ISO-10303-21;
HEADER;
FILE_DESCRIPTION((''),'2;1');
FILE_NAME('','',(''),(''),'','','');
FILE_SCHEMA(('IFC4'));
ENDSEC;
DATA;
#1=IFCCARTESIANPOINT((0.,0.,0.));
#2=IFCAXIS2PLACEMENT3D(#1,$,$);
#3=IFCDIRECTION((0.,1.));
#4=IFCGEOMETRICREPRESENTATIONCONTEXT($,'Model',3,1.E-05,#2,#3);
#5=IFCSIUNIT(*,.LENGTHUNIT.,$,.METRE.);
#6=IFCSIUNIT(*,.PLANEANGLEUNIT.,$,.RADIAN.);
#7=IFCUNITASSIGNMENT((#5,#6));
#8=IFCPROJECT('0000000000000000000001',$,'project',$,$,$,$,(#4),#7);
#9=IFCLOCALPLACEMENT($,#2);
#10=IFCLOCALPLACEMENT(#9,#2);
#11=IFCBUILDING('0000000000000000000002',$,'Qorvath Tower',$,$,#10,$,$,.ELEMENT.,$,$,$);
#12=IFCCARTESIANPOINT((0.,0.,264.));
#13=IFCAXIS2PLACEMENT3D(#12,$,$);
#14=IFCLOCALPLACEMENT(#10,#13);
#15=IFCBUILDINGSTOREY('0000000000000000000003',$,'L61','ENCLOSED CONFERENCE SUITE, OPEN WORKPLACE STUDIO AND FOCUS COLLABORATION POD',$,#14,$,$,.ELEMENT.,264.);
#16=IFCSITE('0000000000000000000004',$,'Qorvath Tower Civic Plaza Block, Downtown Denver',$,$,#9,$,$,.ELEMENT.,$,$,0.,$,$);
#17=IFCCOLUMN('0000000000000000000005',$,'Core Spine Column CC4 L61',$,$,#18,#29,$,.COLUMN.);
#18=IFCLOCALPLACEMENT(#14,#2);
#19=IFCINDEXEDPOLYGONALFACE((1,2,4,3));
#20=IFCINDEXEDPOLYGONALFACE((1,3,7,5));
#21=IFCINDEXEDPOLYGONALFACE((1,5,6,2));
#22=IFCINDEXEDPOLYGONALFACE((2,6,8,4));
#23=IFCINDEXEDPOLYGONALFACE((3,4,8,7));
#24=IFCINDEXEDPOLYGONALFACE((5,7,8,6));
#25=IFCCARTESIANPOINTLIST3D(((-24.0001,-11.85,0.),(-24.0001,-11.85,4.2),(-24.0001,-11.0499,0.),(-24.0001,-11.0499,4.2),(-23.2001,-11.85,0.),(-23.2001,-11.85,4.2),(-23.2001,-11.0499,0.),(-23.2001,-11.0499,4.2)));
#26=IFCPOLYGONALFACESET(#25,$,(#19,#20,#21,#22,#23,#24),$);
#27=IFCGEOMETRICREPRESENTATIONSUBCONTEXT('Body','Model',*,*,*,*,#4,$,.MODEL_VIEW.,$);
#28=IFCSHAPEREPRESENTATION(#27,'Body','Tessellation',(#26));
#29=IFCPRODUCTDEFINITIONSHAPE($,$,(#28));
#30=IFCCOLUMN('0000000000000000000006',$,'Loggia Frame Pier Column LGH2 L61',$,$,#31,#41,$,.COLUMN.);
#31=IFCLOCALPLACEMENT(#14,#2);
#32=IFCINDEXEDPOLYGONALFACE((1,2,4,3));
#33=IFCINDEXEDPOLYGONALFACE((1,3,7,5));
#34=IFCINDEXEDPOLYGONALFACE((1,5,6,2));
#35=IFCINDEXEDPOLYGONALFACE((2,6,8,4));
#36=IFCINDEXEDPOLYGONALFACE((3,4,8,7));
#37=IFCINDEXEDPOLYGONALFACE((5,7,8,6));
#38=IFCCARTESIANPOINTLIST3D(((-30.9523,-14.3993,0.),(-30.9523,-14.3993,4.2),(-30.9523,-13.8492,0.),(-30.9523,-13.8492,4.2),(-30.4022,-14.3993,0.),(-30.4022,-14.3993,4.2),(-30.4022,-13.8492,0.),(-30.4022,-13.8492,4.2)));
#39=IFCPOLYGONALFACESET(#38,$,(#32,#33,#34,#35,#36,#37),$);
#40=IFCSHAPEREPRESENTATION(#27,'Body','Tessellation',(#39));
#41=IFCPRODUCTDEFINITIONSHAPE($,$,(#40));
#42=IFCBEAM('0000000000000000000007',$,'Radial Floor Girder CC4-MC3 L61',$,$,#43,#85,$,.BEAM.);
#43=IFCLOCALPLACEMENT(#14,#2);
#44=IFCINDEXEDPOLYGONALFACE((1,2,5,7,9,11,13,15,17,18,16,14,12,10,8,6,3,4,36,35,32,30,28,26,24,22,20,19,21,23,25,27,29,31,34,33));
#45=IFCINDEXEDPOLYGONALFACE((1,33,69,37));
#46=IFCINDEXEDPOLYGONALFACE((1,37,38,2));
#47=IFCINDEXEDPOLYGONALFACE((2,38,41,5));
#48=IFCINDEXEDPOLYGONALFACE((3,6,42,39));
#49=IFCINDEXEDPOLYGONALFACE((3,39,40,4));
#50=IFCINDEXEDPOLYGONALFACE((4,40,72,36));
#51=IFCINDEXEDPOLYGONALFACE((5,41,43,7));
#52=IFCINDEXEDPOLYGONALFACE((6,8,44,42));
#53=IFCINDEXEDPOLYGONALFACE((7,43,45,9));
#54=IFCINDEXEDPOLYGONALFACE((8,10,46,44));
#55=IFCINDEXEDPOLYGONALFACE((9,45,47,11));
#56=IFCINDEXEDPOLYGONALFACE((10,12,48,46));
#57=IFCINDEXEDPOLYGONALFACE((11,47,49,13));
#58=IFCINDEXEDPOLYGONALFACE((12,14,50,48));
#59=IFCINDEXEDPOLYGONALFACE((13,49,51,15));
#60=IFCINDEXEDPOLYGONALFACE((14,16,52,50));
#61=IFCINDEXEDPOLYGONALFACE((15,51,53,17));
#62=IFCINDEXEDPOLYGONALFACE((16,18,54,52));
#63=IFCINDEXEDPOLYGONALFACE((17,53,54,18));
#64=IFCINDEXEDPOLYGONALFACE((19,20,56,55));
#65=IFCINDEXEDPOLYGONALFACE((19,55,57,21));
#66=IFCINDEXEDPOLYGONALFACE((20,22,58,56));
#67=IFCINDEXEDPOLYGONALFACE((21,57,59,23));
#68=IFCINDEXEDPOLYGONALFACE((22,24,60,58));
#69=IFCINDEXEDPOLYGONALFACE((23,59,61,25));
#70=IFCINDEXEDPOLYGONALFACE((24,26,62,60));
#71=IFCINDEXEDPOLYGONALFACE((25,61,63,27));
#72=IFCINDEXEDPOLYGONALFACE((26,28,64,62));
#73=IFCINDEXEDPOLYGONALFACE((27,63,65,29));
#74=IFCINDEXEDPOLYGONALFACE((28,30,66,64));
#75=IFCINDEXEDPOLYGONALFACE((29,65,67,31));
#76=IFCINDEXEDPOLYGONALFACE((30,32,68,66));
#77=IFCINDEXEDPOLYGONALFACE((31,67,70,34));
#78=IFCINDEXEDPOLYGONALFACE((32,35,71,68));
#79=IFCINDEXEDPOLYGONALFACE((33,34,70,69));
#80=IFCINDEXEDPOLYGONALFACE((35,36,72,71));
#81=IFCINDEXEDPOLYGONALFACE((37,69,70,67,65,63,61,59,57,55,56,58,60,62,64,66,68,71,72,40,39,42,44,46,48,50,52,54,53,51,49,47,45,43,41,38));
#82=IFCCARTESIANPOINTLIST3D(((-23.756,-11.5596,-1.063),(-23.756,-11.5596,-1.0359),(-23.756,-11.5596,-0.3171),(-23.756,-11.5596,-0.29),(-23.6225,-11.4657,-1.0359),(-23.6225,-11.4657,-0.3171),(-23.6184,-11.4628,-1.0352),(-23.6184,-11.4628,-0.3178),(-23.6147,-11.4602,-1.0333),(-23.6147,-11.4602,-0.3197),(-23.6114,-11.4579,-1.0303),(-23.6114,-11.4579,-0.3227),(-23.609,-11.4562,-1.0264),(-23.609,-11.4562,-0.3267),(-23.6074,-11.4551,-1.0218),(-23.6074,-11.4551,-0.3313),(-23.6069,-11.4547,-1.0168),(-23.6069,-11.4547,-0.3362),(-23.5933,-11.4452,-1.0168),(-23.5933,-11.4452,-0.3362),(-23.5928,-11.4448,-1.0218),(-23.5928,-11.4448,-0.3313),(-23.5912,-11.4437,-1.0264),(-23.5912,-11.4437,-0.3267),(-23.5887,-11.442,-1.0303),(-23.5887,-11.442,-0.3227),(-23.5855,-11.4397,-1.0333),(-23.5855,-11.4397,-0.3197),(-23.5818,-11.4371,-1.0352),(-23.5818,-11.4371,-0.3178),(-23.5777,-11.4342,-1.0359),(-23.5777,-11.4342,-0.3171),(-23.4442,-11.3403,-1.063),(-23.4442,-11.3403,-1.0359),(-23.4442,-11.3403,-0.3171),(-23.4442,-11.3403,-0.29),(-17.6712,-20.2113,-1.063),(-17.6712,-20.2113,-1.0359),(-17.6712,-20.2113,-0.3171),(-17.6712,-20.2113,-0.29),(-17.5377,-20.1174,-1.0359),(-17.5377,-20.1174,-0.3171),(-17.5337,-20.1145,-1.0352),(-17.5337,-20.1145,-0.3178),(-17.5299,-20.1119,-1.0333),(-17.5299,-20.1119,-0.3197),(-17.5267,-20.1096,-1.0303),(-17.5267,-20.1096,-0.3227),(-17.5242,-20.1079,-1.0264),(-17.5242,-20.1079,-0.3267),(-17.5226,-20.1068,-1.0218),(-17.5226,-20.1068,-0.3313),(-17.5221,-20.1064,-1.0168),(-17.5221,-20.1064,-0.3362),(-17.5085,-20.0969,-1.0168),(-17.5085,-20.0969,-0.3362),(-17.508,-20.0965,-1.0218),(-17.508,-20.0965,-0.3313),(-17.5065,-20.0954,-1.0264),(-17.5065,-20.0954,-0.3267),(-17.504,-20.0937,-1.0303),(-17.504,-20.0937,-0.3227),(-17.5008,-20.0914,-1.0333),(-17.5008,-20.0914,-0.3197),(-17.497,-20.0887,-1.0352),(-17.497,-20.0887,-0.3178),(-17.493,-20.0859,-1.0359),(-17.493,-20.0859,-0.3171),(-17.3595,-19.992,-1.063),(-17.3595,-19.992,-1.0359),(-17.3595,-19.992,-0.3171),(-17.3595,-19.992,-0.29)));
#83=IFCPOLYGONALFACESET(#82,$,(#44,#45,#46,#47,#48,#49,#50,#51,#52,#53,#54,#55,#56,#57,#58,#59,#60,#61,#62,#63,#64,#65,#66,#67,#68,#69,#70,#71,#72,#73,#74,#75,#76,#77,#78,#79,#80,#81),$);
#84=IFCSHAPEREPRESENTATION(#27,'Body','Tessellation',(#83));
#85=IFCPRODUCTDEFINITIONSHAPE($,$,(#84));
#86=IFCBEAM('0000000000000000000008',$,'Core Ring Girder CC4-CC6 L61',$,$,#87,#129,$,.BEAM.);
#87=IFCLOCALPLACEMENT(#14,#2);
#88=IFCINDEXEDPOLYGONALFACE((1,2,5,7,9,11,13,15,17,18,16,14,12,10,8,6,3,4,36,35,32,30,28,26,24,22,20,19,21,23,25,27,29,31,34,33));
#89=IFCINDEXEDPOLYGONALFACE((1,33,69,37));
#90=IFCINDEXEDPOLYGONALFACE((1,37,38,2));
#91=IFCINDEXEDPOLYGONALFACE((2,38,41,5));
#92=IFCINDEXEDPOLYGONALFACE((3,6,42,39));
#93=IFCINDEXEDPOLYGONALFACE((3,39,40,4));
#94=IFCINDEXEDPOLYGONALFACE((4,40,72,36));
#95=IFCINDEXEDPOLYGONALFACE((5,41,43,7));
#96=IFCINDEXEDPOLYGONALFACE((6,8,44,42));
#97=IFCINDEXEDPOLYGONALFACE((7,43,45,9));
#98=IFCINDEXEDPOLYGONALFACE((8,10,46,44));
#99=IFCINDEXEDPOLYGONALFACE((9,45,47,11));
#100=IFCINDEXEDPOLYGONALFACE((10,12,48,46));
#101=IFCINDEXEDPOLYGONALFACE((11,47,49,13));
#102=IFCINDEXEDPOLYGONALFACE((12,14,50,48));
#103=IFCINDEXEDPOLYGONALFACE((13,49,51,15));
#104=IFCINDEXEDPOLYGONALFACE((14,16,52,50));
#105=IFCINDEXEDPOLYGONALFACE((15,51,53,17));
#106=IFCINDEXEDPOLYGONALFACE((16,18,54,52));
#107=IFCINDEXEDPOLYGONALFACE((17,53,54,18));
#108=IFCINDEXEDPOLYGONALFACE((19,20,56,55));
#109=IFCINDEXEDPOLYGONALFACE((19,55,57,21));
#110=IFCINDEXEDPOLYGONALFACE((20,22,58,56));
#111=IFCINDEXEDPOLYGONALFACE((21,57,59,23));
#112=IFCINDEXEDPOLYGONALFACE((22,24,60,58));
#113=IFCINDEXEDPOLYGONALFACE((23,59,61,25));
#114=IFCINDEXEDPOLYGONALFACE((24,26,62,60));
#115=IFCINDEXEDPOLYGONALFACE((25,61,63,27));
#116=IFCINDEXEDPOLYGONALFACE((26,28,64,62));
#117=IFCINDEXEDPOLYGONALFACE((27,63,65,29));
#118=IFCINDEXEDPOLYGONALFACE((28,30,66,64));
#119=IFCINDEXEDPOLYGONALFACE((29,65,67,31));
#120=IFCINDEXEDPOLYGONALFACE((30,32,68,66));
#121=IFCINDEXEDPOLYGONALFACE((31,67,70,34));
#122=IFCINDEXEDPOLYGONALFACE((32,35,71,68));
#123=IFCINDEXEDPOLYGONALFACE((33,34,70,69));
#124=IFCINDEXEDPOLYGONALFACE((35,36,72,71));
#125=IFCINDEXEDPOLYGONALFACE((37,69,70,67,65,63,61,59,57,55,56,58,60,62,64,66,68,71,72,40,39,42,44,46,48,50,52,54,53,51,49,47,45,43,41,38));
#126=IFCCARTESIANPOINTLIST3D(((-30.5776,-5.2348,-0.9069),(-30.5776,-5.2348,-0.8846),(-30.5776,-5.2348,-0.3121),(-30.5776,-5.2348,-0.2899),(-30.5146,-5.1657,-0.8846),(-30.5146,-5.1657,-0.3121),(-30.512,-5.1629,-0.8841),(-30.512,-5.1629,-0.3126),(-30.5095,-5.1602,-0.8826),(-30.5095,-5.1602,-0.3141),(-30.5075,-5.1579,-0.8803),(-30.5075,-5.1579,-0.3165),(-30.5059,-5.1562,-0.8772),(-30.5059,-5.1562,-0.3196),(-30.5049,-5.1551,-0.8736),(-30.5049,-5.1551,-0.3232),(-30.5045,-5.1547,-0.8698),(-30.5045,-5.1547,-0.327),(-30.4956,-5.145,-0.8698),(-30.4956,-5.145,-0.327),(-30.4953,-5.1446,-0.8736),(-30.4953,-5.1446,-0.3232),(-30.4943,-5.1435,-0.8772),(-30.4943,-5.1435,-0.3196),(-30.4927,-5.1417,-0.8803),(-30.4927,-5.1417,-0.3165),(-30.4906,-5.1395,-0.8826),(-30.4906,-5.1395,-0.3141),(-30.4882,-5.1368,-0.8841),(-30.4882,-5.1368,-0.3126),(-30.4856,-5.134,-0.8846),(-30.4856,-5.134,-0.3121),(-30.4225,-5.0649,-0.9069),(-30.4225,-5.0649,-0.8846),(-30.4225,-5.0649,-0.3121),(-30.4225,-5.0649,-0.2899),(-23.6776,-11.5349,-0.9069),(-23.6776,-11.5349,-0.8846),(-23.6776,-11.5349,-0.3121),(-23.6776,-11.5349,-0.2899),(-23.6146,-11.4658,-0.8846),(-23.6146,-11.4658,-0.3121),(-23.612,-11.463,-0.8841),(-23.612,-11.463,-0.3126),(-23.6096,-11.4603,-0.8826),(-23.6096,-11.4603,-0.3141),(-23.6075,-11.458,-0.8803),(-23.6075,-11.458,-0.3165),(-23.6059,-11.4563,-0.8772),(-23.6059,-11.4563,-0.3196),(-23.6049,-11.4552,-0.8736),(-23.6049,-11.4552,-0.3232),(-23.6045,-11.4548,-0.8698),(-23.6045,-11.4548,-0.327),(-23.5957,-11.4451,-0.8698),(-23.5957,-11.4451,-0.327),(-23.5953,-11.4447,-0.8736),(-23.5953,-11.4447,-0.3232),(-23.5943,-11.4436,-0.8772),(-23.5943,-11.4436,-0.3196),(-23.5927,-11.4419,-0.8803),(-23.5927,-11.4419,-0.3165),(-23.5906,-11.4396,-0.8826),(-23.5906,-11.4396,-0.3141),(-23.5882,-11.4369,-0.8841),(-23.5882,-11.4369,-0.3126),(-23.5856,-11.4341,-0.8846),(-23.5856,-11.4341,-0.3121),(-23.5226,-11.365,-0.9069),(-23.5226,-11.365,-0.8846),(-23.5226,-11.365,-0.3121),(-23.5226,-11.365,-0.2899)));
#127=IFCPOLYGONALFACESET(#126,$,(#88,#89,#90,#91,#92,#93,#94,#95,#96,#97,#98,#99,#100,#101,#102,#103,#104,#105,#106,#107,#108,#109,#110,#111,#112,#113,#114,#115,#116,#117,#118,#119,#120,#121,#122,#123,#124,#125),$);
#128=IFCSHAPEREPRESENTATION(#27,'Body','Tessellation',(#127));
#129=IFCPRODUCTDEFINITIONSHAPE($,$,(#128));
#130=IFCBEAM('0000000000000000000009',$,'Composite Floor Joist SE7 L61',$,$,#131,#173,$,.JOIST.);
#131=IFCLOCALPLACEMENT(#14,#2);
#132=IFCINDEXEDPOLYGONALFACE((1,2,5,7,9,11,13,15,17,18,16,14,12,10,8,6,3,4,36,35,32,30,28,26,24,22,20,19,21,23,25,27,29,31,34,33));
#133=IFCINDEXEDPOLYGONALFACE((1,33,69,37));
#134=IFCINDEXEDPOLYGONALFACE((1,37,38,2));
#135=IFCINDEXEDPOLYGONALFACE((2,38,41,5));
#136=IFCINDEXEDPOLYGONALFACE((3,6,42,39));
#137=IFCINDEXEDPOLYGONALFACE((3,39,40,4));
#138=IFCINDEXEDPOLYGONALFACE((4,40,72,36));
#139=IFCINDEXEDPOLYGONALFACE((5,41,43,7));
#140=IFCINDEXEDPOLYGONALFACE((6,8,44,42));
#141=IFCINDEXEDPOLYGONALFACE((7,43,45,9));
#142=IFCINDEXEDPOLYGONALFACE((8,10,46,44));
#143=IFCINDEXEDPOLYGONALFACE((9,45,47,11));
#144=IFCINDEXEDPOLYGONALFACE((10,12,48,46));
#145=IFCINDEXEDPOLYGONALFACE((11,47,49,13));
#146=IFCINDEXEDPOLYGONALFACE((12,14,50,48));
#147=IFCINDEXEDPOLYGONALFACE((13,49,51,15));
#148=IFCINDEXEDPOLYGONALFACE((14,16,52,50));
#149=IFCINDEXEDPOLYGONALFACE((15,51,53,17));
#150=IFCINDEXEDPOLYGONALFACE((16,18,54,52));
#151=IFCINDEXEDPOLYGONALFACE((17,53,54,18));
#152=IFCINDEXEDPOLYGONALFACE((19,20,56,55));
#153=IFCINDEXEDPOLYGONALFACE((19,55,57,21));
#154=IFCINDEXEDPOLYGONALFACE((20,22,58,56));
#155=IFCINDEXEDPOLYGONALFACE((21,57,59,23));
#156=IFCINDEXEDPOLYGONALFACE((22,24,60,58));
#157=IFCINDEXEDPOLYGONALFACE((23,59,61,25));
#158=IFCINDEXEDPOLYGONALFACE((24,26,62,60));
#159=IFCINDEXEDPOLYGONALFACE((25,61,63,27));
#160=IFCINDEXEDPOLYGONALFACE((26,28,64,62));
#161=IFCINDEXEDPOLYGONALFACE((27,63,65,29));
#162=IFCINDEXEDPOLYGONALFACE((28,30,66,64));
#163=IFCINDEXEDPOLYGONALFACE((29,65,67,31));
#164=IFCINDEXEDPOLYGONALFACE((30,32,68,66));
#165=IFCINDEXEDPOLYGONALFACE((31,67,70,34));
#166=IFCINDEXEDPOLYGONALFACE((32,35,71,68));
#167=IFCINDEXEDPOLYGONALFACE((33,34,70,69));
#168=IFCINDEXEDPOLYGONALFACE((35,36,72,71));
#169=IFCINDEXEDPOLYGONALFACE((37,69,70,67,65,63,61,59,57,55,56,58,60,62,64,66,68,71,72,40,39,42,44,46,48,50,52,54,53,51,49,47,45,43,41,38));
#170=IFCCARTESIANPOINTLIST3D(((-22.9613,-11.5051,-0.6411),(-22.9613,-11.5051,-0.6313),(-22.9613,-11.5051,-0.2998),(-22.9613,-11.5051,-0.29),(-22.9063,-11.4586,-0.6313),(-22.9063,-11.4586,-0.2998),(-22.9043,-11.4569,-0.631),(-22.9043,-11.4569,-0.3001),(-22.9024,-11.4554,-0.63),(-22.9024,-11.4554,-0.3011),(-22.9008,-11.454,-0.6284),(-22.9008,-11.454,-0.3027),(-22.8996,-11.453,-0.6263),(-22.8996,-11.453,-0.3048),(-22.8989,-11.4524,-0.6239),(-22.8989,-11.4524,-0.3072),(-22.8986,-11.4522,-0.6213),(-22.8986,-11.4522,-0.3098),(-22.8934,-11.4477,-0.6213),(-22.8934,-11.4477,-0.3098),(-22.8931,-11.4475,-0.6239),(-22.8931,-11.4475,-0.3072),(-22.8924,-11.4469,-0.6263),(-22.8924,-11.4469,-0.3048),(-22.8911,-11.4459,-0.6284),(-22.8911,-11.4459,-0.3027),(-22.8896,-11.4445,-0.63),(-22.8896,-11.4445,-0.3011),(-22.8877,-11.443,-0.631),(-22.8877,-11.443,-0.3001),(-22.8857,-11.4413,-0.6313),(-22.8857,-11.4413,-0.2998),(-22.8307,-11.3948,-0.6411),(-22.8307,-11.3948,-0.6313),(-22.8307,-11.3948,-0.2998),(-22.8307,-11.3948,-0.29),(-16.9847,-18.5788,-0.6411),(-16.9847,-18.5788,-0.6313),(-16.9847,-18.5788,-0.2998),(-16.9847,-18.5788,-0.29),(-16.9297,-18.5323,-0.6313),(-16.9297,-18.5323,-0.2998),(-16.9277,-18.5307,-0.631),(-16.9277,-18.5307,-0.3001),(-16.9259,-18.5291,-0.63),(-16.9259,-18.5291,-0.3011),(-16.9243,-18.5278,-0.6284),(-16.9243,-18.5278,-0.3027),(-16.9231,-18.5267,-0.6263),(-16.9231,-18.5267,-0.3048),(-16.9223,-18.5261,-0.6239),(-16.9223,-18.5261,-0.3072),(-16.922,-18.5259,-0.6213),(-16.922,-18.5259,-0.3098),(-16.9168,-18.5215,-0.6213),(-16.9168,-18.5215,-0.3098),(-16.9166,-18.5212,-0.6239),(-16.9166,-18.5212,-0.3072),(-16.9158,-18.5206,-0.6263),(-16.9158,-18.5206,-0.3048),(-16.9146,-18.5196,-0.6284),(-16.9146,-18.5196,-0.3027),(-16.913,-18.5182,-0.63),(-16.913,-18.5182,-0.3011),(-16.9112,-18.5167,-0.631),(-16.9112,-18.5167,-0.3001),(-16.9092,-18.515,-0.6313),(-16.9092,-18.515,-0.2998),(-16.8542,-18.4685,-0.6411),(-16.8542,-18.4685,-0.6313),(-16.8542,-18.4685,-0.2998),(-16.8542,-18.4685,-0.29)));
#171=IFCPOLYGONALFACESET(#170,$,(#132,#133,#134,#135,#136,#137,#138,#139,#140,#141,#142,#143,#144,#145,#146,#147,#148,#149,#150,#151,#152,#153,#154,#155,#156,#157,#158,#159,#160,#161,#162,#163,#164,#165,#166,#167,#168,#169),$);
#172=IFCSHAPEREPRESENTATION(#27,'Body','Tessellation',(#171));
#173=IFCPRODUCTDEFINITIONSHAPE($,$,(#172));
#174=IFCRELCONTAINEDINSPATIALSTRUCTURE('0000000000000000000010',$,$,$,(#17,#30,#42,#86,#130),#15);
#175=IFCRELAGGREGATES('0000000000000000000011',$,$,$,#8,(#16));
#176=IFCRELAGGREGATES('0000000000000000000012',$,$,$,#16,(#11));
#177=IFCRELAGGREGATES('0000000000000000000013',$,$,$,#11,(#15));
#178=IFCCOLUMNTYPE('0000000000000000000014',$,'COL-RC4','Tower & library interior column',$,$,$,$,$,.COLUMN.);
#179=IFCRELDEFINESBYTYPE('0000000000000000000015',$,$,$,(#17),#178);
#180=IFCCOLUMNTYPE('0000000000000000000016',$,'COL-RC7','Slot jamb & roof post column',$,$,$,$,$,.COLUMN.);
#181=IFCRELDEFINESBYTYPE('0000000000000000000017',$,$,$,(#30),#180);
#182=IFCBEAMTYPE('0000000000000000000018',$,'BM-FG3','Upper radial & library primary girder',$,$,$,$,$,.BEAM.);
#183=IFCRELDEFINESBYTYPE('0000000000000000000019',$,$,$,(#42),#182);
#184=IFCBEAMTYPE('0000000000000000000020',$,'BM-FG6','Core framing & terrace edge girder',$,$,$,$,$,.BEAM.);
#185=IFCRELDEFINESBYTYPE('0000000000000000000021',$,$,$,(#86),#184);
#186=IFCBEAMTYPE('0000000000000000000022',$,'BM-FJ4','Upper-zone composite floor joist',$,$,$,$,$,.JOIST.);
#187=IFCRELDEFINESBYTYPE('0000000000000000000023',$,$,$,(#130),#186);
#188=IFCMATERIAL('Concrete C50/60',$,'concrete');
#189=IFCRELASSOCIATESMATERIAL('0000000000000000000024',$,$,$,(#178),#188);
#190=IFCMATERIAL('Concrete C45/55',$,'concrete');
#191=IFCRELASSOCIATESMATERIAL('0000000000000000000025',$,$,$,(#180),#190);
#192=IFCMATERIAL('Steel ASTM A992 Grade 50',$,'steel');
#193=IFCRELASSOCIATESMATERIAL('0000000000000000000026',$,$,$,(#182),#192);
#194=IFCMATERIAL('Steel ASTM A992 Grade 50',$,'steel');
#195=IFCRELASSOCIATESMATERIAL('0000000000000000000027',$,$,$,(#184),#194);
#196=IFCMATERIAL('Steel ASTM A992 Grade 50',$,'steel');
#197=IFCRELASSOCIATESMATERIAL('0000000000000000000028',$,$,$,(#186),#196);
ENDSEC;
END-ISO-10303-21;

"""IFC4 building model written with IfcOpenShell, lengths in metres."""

from ifc_helpers import new_model, si_unit, direction, frame, origin, origin_2d, place, context, subcontext, project, spatial, rectangle, i_section, extrude, material, material_profile, profile_set, type_object, element, save


model = new_model("IFC4")

# Units and contexts
model_context = context("Model", 3, precision=1e-05, world=origin(), true_north=direction((0.0, 1.0)))
body_context = subcontext(model_context, "Body", "Model", "MODEL_VIEW")
ifc_project = project(units=[si_unit("LENGTHUNIT", "METRE"), si_unit("PLANEANGLEUNIT", "RADIAN")], contexts=[model_context])

# Site, building, storey
site_placement = place(None, origin())
site = spatial("IfcSite", under=ifc_project, at=site_placement, Name="Qorvath Tower Civic Plaza Block, Downtown Denver", CompositionType="ELEMENT", RefElevation=0.0)
building_placement = place(site_placement, origin())
building = spatial("IfcBuilding", under=site, at=building_placement, Name="Qorvath Tower", CompositionType="ELEMENT")
storey_placement = place(building_placement, frame((0.0, 0.0, 264.0)))
storey = spatial("IfcBuildingStorey", under=building, at=storey_placement, Name="L61", Description="ENCLOSED CONFERENCE SUITE, OPEN WORKPLACE STUDIO AND FOCUS COLLABORATION POD", CompositionType="ELEMENT", Elevation=264.0)

# Columns
ifc_material_1 = material(Name="Concrete C50/60", Category="concrete")
ifc_material_profile_1 = material_profile(ifc_material_1, rectangle(XDim=0.8, YDim=0.8, at=origin_2d()), Name="RC 800x800")
ifc_profile_set_1 = profile_set([ifc_material_profile_1], Name="Concrete C50/60")
column_type_1 = type_object("IfcColumnType", Name="COL-RC4", Description="Tower & library interior column", PredefinedType="COLUMN", material=ifc_profile_set_1)
column_1_placement = place(storey_placement, frame((-23.6001, -11.45, 0.0), z_axis=(0.0, 0.0, 1.0), x_axis=(1.0, 0.0, 0.0)))
element("IfcColumn", 1, at=column_1_placement, inside=storey, type_object=column_type_1, Name="Core Spine Column CC4 L61", PredefinedType="COLUMN", context=body_context, shape_type="SweptSolid", body=[
    extrude(rectangle(XDim=0.8, YDim=0.8, at=origin_2d()), origin(), (0.0, 0.0, 1.0), 4.2),
])
ifc_material_2 = material(Name="Concrete C45/55", Category="concrete")
ifc_material_profile_2 = material_profile(ifc_material_2, rectangle(XDim=0.55, YDim=0.55, at=origin_2d()), Name="RC 550x550")
ifc_profile_set_2 = profile_set([ifc_material_profile_2], Name="Concrete C45/55")
column_type_2 = type_object("IfcColumnType", Name="COL-RC7", Description="Slot jamb & roof post column", PredefinedType="COLUMN", material=ifc_profile_set_2)
column_2_placement = place(storey_placement, frame((-30.6772, -14.1243, 0.0), z_axis=(0.0, 0.0, 1.0), x_axis=(1.0, 0.0, 0.0)))
element("IfcColumn", 2, at=column_2_placement, inside=storey, type_object=column_type_2, Name="Loggia Frame Pier Column LGH2 L61", PredefinedType="COLUMN", context=body_context, shape_type="SweptSolid", body=[
    extrude(rectangle(XDim=0.55, YDim=0.55, at=origin_2d()), origin(), (0.0, 0.0, 1.0), 4.2),
])

# Beams
ifc_material_3 = material(Name="Steel ASTM A992 Grade 50", Category="steel")
ifc_material_profile_3 = material_profile(ifc_material_3, i_section(OverallWidth=0.3811, OverallDepth=0.7729, WebThickness=0.0166, FlangeThickness=0.0271, FilletRadius=0.019, at=origin_2d()), Name="W30x173")
ifc_profile_set_3 = profile_set([ifc_material_profile_3], Name="Steel ASTM A992 Grade 50")
beam_type_1 = type_object("IfcBeamType", Name="BM-FG3", Description="Upper radial & library primary girder", PredefinedType="BEAM", material=ifc_profile_set_3)
beam_1_placement = place(storey_placement, frame((-23.6001, -11.45, -0.6765), z_axis=(0.575275, -0.81796, 0.0), x_axis=(0.81796, 0.575275, 0.0)))
element("IfcBeam", 3, at=beam_1_placement, inside=storey, type_object=beam_type_1, Name="Radial Floor Girder CC4-MC3 L61", PredefinedType="BEAM", context=body_context, shape_type="SweptSolid", body=[
    extrude(i_section(OverallWidth=0.3811, OverallDepth=0.7729, WebThickness=0.0166, FlangeThickness=0.0271, FilletRadius=0.019, at=origin_2d()), origin(), (0.0, 0.0, 1.0), 10.5771),
])
ifc_material_4 = material(Name="Steel ASTM A992 Grade 50", Category="steel")
ifc_material_profile_4 = material_profile(ifc_material_4, i_section(OverallWidth=0.23, OverallDepth=0.6169, WebThickness=0.0132, FlangeThickness=0.0222, FilletRadius=0.0149, at=origin_2d()), Name="W24x94")
ifc_profile_set_4 = profile_set([ifc_material_profile_4], Name="Steel ASTM A992 Grade 50")
beam_type_2 = type_object("IfcBeamType", Name="BM-FG6", Description="Core framing & terrace edge girder", PredefinedType="BEAM", material=ifc_profile_set_4)
beam_2_placement = place(storey_placement, frame((-23.6001, -11.45, -0.5984), z_axis=(-0.738478, 0.674277, 0.0), x_axis=(-0.674277, -0.738478, 0.0)))
element("IfcBeam", 4, at=beam_2_placement, inside=storey, type_object=beam_type_2, Name="Core Ring Girder CC4-CC6 L61", PredefinedType="BEAM", context=body_context, shape_type="SweptSolid", body=[
    extrude(i_section(OverallWidth=0.23, OverallDepth=0.6169, WebThickness=0.0132, FlangeThickness=0.0222, FilletRadius=0.0149, at=origin_2d()), origin(), (0.0, 0.0, 1.0), 9.3435),
])
ifc_material_5 = material(Name="Steel ASTM A992 Grade 50", Category="steel")
ifc_material_profile_5 = material_profile(ifc_material_5, i_section(OverallWidth=0.1709, OverallDepth=0.3511, WebThickness=0.0068, FlangeThickness=0.0098, FilletRadius=0.01, at=origin_2d()), Name="W14x30")
ifc_profile_set_5 = profile_set([ifc_material_profile_5], Name="Steel ASTM A992 Grade 50")
beam_type_3 = type_object("IfcBeamType", Name="BM-FJ4", Description="Upper-zone composite floor joist", PredefinedType="JOIST", material=ifc_profile_set_5)
beam_3_placement = place(storey_placement, frame((-22.896, -11.45, -0.4656), z_axis=(0.645382, -0.76386, 0.0), x_axis=(0.76386, 0.645382, 0.0)))
element("IfcBeam", 5, at=beam_3_placement, inside=storey, type_object=beam_type_3, Name="Composite Floor Joist SE7 L61", PredefinedType="JOIST", context=body_context, shape_type="SweptSolid", body=[
    extrude(i_section(OverallWidth=0.1709, OverallDepth=0.3511, WebThickness=0.0068, FlangeThickness=0.0098, FilletRadius=0.01, at=origin_2d()), origin(), (0.0, 0.0, 1.0), 9.2605),
])

save(model, "model.ifc")
